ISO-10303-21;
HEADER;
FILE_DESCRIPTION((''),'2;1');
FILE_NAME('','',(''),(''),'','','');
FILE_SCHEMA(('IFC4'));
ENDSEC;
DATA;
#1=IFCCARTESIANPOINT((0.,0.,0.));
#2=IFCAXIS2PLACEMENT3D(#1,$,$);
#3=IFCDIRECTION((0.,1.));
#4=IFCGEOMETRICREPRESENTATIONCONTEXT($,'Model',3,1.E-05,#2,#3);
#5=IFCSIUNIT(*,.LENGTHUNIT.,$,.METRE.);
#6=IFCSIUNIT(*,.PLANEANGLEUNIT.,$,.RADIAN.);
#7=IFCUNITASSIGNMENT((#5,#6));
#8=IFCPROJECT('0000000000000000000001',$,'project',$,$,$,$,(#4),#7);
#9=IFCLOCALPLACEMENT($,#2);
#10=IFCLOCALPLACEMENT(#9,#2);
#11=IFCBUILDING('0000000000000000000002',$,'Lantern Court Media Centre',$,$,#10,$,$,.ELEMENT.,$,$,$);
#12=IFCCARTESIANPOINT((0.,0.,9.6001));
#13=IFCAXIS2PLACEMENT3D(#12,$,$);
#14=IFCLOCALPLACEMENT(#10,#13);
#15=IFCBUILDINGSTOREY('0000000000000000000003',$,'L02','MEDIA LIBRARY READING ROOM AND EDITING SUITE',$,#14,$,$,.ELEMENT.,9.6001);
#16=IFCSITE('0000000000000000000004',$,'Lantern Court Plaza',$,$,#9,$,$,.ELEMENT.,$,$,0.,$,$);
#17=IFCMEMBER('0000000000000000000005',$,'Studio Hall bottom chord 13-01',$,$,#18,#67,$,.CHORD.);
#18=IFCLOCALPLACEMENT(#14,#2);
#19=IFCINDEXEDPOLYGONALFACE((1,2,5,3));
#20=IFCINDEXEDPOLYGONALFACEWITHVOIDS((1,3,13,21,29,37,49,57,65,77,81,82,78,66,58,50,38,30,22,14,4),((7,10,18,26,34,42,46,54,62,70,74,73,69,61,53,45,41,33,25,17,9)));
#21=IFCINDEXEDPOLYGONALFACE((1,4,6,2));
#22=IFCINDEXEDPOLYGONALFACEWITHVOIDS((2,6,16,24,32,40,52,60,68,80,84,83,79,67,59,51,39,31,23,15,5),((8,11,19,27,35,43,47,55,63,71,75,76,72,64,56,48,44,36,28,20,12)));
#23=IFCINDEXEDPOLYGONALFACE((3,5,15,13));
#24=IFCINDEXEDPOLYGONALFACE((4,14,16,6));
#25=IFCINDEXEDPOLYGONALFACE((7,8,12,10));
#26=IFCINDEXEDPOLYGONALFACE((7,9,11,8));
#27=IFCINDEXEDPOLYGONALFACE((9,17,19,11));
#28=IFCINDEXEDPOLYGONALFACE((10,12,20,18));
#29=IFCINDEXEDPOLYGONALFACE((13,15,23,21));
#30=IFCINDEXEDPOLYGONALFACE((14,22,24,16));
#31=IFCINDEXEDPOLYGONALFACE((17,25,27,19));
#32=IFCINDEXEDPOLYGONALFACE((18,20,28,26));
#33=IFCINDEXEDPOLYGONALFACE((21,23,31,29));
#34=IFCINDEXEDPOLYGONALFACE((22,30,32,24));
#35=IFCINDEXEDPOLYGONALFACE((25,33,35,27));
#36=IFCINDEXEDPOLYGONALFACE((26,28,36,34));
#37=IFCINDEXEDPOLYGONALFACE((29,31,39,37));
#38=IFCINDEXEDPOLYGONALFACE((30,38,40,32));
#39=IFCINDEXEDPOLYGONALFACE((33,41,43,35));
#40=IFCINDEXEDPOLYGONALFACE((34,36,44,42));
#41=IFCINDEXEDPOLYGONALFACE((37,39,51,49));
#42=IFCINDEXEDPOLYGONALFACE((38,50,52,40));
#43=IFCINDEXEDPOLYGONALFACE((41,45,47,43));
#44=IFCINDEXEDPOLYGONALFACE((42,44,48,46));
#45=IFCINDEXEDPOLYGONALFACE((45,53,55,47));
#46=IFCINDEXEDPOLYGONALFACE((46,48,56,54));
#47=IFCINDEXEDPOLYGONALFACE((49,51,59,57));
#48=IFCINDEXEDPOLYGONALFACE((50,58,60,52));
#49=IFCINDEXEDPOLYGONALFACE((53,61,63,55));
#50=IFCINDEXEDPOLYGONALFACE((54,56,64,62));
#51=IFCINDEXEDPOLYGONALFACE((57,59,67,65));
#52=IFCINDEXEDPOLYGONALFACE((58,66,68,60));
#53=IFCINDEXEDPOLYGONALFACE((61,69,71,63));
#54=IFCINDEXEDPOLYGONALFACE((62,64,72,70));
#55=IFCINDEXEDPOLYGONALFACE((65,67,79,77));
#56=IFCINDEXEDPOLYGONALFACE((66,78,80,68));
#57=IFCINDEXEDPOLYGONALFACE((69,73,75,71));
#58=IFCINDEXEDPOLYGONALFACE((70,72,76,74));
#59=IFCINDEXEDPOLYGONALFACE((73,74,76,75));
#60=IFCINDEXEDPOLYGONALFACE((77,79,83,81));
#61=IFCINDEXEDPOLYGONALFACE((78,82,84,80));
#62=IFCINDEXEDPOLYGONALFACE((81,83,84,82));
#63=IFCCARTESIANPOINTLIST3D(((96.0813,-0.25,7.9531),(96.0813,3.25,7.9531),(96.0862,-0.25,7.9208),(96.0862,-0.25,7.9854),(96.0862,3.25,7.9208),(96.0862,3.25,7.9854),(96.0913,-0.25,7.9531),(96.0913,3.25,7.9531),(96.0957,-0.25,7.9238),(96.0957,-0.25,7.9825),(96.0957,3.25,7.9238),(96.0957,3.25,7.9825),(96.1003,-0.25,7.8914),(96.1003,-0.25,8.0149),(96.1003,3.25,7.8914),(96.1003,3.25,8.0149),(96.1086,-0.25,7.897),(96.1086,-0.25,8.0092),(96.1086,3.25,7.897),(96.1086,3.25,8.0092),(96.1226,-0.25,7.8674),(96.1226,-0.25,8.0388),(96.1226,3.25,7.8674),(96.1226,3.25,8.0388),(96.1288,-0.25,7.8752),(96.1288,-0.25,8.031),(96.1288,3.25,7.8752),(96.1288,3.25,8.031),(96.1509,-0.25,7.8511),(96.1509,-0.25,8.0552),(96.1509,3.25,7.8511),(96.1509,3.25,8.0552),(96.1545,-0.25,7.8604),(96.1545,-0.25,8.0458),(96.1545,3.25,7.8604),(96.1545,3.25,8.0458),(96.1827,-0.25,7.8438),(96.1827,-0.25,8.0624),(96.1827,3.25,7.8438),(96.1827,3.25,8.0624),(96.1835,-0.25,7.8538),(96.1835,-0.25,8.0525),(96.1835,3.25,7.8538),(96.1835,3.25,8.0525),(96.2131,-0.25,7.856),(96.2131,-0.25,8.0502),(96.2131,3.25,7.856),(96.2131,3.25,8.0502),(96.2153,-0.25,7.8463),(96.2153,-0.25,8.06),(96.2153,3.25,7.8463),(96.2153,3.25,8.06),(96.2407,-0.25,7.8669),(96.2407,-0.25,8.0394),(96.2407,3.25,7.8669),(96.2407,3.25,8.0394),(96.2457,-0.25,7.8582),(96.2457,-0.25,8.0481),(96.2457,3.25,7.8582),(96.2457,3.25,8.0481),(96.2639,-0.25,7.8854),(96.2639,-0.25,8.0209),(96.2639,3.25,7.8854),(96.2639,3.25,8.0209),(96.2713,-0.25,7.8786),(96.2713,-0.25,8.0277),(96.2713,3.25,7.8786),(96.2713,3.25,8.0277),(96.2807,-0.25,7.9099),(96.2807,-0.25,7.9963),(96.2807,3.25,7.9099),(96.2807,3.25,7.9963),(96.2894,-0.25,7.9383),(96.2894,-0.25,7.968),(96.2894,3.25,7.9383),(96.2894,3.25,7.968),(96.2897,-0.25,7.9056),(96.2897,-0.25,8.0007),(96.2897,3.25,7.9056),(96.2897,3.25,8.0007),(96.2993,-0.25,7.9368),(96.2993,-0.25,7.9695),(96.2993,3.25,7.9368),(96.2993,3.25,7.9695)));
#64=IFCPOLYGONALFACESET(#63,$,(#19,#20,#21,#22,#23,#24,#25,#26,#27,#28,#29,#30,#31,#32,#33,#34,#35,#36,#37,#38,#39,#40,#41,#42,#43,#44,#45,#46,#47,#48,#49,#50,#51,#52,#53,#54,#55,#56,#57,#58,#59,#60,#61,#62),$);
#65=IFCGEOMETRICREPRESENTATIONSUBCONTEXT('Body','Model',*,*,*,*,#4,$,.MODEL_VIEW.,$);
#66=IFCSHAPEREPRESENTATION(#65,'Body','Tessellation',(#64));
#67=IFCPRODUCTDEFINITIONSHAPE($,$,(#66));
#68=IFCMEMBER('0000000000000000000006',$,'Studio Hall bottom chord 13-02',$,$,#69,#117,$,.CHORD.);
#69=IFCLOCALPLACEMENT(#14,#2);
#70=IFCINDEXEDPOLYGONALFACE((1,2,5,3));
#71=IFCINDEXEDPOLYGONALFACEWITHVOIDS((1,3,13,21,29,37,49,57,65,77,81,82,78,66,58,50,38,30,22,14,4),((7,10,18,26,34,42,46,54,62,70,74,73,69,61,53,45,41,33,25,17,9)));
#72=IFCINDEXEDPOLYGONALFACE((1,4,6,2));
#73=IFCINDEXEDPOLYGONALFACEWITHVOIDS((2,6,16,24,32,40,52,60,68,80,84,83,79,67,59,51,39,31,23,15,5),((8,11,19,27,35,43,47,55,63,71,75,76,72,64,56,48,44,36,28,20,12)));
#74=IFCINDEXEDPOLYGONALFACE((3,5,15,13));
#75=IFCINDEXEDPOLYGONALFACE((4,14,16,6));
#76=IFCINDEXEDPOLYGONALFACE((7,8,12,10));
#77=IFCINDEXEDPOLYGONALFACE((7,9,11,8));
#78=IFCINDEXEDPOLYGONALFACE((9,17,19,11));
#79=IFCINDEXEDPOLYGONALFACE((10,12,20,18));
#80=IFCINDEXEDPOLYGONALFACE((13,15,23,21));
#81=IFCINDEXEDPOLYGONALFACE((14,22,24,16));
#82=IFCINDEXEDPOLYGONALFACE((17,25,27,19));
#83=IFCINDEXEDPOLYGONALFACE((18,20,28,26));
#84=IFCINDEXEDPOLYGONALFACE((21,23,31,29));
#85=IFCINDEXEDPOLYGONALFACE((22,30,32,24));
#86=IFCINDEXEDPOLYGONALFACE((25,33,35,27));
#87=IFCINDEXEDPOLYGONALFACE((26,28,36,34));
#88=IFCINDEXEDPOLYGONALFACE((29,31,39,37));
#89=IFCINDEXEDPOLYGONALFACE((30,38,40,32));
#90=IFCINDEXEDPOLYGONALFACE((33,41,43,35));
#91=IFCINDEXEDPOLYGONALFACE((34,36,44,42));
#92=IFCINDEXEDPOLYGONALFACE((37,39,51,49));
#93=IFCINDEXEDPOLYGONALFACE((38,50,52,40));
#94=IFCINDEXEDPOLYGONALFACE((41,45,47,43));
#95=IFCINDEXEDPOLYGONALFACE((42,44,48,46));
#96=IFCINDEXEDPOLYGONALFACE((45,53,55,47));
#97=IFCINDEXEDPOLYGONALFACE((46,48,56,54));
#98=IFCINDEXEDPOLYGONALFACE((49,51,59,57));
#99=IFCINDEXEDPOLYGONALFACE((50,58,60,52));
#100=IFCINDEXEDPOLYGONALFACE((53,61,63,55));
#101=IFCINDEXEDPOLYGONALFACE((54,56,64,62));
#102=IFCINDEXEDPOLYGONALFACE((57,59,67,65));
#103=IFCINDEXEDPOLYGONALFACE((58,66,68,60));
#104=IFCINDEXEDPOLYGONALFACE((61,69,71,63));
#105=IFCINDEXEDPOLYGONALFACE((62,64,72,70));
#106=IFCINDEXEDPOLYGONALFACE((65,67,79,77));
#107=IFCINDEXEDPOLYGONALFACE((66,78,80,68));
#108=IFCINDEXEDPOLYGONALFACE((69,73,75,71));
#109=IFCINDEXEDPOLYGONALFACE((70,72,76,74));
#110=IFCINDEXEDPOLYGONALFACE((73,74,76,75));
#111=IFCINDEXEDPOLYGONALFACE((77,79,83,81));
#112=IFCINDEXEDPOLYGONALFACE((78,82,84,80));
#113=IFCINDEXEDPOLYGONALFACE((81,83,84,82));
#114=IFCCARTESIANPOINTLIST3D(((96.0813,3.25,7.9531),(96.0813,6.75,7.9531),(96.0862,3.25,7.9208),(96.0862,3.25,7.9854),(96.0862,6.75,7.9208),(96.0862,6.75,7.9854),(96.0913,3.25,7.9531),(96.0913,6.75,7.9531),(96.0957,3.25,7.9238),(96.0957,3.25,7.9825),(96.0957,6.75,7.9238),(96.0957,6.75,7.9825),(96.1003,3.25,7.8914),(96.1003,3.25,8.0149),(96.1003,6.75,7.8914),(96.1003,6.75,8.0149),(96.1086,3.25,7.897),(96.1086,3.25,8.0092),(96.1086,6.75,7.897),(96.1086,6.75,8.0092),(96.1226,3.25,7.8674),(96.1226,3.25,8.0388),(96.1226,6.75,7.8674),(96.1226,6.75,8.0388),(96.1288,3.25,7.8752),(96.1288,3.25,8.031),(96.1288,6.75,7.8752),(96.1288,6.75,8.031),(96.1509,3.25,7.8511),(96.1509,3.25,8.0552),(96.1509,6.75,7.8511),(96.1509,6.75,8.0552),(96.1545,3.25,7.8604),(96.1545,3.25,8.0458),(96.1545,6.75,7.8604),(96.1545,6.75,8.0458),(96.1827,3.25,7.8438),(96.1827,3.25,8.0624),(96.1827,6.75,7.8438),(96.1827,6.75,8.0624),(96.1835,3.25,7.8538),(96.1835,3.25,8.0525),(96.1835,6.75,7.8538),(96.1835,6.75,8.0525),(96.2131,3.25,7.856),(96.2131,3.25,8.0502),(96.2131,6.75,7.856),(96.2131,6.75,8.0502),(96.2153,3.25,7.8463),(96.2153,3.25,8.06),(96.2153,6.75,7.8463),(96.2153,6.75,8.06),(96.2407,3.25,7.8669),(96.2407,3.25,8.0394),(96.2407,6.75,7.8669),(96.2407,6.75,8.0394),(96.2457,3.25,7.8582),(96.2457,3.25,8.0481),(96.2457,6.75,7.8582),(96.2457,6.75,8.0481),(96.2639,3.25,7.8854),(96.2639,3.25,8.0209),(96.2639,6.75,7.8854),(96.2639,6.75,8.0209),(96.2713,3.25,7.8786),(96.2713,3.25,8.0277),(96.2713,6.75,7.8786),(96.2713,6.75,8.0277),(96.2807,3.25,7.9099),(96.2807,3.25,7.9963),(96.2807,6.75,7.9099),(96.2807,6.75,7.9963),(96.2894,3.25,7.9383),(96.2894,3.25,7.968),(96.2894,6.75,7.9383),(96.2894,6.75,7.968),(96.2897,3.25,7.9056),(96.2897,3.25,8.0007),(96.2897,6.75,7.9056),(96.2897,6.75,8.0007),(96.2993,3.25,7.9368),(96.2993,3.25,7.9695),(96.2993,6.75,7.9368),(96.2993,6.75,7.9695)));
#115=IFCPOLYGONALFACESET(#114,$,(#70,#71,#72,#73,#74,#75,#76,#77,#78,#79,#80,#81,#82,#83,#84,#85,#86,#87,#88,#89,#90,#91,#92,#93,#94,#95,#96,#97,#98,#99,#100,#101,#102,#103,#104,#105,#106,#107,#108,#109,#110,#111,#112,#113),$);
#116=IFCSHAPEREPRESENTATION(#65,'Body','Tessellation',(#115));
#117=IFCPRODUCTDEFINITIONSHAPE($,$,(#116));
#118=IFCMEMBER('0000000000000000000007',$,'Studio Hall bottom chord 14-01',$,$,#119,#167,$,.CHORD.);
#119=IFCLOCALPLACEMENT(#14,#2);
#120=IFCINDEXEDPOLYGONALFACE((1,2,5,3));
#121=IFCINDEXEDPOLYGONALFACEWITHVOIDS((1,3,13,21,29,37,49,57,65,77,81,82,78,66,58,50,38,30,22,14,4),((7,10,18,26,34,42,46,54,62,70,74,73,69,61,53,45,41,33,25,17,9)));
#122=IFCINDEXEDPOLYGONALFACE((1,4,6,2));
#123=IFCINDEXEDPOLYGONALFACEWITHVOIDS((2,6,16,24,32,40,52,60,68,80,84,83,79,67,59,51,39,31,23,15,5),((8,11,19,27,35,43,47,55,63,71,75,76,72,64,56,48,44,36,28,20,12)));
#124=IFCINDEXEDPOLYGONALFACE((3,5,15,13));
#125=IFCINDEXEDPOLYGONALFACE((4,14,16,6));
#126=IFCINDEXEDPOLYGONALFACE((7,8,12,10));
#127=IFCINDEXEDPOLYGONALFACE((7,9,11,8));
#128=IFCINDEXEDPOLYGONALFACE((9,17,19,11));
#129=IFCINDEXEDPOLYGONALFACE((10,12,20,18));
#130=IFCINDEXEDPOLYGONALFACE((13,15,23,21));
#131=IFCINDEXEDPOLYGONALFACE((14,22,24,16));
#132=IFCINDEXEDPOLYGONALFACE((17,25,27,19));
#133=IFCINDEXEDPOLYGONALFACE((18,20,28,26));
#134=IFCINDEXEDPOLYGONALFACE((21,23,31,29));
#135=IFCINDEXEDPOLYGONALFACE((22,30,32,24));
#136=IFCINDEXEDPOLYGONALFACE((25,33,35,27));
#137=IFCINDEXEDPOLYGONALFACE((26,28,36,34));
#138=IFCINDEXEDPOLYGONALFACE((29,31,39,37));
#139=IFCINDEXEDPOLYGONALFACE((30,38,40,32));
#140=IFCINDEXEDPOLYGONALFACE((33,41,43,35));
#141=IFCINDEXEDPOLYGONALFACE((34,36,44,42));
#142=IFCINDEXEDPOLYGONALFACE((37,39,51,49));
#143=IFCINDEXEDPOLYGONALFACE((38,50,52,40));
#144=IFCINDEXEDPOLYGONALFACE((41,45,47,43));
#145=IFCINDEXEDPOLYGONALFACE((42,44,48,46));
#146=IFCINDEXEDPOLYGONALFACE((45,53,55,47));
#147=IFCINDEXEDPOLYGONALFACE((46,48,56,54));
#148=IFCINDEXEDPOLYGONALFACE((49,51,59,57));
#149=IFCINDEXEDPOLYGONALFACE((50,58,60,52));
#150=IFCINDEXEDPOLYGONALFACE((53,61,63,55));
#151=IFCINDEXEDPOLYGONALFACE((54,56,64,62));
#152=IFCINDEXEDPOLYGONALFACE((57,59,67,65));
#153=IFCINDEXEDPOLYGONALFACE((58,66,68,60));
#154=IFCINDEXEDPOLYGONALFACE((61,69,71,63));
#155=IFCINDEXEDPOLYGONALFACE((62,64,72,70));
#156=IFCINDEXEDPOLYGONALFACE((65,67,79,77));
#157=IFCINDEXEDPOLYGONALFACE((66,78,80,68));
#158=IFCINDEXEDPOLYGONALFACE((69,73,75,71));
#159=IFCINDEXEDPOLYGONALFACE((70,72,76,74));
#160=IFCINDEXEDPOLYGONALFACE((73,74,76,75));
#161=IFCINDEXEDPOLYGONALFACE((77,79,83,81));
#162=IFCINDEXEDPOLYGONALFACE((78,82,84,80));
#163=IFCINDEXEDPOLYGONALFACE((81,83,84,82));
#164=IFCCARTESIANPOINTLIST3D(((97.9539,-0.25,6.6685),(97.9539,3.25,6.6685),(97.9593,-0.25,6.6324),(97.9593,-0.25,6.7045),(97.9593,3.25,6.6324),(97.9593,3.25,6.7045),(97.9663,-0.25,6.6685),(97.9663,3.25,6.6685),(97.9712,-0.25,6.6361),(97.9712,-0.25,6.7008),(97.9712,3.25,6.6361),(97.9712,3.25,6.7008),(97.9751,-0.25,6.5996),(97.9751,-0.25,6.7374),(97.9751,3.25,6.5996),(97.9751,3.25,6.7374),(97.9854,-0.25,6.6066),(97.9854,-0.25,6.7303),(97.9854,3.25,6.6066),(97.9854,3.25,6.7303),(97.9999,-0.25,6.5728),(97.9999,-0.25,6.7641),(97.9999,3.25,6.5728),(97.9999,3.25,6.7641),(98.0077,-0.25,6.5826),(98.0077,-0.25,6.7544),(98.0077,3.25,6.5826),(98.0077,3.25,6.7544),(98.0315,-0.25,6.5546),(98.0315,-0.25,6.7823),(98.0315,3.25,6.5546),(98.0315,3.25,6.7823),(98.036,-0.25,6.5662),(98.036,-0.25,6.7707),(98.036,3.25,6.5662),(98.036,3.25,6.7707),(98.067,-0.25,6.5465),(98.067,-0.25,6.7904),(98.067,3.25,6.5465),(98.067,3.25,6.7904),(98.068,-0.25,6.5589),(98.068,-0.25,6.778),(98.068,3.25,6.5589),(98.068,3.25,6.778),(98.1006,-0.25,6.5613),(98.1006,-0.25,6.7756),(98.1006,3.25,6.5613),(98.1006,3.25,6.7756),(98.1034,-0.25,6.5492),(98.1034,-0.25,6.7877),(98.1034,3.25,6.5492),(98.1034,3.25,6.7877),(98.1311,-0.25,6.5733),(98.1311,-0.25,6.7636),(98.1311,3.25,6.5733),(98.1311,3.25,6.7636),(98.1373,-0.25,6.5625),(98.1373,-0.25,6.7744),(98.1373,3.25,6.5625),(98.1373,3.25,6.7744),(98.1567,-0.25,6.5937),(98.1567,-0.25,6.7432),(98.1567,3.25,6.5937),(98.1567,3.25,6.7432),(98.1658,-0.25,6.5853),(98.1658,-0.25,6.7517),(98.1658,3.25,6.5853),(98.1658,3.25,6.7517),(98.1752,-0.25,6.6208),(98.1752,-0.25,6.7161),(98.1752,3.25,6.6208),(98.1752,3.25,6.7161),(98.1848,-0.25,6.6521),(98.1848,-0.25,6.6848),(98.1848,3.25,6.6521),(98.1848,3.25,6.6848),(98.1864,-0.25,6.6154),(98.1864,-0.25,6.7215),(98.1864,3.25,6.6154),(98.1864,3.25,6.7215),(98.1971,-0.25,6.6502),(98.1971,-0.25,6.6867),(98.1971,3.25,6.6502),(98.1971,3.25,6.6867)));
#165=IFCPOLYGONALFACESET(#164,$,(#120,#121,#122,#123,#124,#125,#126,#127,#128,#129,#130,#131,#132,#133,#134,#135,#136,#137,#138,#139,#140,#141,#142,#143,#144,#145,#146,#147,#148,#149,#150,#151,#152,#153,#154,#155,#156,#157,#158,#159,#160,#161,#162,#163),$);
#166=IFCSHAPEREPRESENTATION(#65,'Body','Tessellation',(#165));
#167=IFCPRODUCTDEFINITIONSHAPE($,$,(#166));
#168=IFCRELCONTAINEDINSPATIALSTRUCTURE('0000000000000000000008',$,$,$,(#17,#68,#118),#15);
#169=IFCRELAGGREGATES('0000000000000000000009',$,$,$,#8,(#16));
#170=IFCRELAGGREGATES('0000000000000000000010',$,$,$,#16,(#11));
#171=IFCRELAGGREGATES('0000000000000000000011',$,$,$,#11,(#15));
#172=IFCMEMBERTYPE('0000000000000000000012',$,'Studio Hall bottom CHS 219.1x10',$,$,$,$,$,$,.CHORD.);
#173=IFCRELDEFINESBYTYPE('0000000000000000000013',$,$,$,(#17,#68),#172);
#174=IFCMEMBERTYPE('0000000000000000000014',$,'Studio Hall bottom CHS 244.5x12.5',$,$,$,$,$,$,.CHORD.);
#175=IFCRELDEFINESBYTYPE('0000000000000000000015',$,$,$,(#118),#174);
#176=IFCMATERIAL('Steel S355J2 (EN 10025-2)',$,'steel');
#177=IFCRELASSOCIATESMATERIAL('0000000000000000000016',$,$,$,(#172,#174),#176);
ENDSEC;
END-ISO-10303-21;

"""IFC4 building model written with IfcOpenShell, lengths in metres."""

from ifc_helpers import new_model, si_unit, direction, frame, origin, origin_2d, place, context, subcontext, project, spatial, hollow_circle, extrude, material, material_profile, profile_set, type_object, element, save


model = new_model("IFC4")

# Units and contexts
model_context = context("Model", 3, precision=1e-05, world=origin(), true_north=direction((0.0, 1.0)))
body_context = subcontext(model_context, "Body", "Model", "MODEL_VIEW")
ifc_project = project(units=[si_unit("LENGTHUNIT", "METRE"), si_unit("PLANEANGLEUNIT", "RADIAN")], contexts=[model_context])

# Site, building, storey
site_placement = place(None, origin())
site = spatial("IfcSite", under=ifc_project, at=site_placement, Name="Lantern Court Plaza", CompositionType="ELEMENT", RefElevation=0.0)
building_placement = place(site_placement, origin())
building = spatial("IfcBuilding", under=site, at=building_placement, Name="Lantern Court Media Centre", CompositionType="ELEMENT")
storey_placement = place(building_placement, frame((0.0, 0.0, 9.6001)))
storey = spatial("IfcBuildingStorey", under=building, at=storey_placement, Name="L02", Description="MEDIA LIBRARY READING ROOM AND EDITING SUITE", CompositionType="ELEMENT", Elevation=9.6001)

# Members
ifc_material = material(Name="Steel S355J2 (EN 10025-2)", Category="steel")
ifc_material_profile_1 = material_profile(ifc_material, hollow_circle(Radius=0.1096, WallThickness=0.01, at=origin_2d()), Name="Studio Hall bottom CHS 219.1x10")
ifc_profile_set_1 = profile_set([ifc_material_profile_1], Name="Steel S355J2 (EN 10025-2)")
member_type_1 = type_object("IfcMemberType", Name="Studio Hall bottom CHS 219.1x10", PredefinedType="CHORD", material=ifc_profile_set_1)
for number, where, z_axis, x_axis, name in (
    (1, (96.1909, -0.25, 7.9531), (0.0, 1.0, 0.0), (-1.0, 0.0, 0.0), "Studio Hall bottom chord 13-01"),
    (2, (96.1909, 3.25, 7.9531), (0.0, 1.0, 0.0), (-1.0, 0.0, 0.0), "Studio Hall bottom chord 13-02"),
):
    element("IfcMember", number, at=place(storey_placement, frame(where, z_axis=z_axis, x_axis=x_axis)), inside=storey, type_object=member_type_1, Name=name, PredefinedType="CHORD", context=body_context, shape_type="SweptSolid", body=[
        extrude(hollow_circle(Radius=0.1096, WallThickness=0.01, at=origin_2d()), origin(), (0.0, 0.0, 1.0), 3.5),
    ])
ifc_material_profile_2 = material_profile(ifc_material, hollow_circle(Radius=0.1223, WallThickness=0.0125, at=origin_2d()), Name="Studio Hall bottom CHS 244.5x12.5")
ifc_profile_set_2 = profile_set([ifc_material_profile_2], Name="Steel S355J2 (EN 10025-2)")
member_type_2 = type_object("IfcMemberType", Name="Studio Hall bottom CHS 244.5x12.5", PredefinedType="CHORD", material=ifc_profile_set_2)
member_1_placement = place(storey_placement, frame((98.0762, -0.25, 6.6685), z_axis=(0.0, 1.0, 0.0), x_axis=(-1.0, 0.0, 0.0)))
element("IfcMember", 3, at=member_1_placement, inside=storey, type_object=member_type_2, Name="Studio Hall bottom chord 14-01", PredefinedType="CHORD", context=body_context, shape_type="SweptSolid", body=[
    extrude(hollow_circle(Radius=0.1223, WallThickness=0.0125, at=origin_2d()), origin(), (0.0, 0.0, 1.0), 3.5),
])

save(model, "model.ifc")
